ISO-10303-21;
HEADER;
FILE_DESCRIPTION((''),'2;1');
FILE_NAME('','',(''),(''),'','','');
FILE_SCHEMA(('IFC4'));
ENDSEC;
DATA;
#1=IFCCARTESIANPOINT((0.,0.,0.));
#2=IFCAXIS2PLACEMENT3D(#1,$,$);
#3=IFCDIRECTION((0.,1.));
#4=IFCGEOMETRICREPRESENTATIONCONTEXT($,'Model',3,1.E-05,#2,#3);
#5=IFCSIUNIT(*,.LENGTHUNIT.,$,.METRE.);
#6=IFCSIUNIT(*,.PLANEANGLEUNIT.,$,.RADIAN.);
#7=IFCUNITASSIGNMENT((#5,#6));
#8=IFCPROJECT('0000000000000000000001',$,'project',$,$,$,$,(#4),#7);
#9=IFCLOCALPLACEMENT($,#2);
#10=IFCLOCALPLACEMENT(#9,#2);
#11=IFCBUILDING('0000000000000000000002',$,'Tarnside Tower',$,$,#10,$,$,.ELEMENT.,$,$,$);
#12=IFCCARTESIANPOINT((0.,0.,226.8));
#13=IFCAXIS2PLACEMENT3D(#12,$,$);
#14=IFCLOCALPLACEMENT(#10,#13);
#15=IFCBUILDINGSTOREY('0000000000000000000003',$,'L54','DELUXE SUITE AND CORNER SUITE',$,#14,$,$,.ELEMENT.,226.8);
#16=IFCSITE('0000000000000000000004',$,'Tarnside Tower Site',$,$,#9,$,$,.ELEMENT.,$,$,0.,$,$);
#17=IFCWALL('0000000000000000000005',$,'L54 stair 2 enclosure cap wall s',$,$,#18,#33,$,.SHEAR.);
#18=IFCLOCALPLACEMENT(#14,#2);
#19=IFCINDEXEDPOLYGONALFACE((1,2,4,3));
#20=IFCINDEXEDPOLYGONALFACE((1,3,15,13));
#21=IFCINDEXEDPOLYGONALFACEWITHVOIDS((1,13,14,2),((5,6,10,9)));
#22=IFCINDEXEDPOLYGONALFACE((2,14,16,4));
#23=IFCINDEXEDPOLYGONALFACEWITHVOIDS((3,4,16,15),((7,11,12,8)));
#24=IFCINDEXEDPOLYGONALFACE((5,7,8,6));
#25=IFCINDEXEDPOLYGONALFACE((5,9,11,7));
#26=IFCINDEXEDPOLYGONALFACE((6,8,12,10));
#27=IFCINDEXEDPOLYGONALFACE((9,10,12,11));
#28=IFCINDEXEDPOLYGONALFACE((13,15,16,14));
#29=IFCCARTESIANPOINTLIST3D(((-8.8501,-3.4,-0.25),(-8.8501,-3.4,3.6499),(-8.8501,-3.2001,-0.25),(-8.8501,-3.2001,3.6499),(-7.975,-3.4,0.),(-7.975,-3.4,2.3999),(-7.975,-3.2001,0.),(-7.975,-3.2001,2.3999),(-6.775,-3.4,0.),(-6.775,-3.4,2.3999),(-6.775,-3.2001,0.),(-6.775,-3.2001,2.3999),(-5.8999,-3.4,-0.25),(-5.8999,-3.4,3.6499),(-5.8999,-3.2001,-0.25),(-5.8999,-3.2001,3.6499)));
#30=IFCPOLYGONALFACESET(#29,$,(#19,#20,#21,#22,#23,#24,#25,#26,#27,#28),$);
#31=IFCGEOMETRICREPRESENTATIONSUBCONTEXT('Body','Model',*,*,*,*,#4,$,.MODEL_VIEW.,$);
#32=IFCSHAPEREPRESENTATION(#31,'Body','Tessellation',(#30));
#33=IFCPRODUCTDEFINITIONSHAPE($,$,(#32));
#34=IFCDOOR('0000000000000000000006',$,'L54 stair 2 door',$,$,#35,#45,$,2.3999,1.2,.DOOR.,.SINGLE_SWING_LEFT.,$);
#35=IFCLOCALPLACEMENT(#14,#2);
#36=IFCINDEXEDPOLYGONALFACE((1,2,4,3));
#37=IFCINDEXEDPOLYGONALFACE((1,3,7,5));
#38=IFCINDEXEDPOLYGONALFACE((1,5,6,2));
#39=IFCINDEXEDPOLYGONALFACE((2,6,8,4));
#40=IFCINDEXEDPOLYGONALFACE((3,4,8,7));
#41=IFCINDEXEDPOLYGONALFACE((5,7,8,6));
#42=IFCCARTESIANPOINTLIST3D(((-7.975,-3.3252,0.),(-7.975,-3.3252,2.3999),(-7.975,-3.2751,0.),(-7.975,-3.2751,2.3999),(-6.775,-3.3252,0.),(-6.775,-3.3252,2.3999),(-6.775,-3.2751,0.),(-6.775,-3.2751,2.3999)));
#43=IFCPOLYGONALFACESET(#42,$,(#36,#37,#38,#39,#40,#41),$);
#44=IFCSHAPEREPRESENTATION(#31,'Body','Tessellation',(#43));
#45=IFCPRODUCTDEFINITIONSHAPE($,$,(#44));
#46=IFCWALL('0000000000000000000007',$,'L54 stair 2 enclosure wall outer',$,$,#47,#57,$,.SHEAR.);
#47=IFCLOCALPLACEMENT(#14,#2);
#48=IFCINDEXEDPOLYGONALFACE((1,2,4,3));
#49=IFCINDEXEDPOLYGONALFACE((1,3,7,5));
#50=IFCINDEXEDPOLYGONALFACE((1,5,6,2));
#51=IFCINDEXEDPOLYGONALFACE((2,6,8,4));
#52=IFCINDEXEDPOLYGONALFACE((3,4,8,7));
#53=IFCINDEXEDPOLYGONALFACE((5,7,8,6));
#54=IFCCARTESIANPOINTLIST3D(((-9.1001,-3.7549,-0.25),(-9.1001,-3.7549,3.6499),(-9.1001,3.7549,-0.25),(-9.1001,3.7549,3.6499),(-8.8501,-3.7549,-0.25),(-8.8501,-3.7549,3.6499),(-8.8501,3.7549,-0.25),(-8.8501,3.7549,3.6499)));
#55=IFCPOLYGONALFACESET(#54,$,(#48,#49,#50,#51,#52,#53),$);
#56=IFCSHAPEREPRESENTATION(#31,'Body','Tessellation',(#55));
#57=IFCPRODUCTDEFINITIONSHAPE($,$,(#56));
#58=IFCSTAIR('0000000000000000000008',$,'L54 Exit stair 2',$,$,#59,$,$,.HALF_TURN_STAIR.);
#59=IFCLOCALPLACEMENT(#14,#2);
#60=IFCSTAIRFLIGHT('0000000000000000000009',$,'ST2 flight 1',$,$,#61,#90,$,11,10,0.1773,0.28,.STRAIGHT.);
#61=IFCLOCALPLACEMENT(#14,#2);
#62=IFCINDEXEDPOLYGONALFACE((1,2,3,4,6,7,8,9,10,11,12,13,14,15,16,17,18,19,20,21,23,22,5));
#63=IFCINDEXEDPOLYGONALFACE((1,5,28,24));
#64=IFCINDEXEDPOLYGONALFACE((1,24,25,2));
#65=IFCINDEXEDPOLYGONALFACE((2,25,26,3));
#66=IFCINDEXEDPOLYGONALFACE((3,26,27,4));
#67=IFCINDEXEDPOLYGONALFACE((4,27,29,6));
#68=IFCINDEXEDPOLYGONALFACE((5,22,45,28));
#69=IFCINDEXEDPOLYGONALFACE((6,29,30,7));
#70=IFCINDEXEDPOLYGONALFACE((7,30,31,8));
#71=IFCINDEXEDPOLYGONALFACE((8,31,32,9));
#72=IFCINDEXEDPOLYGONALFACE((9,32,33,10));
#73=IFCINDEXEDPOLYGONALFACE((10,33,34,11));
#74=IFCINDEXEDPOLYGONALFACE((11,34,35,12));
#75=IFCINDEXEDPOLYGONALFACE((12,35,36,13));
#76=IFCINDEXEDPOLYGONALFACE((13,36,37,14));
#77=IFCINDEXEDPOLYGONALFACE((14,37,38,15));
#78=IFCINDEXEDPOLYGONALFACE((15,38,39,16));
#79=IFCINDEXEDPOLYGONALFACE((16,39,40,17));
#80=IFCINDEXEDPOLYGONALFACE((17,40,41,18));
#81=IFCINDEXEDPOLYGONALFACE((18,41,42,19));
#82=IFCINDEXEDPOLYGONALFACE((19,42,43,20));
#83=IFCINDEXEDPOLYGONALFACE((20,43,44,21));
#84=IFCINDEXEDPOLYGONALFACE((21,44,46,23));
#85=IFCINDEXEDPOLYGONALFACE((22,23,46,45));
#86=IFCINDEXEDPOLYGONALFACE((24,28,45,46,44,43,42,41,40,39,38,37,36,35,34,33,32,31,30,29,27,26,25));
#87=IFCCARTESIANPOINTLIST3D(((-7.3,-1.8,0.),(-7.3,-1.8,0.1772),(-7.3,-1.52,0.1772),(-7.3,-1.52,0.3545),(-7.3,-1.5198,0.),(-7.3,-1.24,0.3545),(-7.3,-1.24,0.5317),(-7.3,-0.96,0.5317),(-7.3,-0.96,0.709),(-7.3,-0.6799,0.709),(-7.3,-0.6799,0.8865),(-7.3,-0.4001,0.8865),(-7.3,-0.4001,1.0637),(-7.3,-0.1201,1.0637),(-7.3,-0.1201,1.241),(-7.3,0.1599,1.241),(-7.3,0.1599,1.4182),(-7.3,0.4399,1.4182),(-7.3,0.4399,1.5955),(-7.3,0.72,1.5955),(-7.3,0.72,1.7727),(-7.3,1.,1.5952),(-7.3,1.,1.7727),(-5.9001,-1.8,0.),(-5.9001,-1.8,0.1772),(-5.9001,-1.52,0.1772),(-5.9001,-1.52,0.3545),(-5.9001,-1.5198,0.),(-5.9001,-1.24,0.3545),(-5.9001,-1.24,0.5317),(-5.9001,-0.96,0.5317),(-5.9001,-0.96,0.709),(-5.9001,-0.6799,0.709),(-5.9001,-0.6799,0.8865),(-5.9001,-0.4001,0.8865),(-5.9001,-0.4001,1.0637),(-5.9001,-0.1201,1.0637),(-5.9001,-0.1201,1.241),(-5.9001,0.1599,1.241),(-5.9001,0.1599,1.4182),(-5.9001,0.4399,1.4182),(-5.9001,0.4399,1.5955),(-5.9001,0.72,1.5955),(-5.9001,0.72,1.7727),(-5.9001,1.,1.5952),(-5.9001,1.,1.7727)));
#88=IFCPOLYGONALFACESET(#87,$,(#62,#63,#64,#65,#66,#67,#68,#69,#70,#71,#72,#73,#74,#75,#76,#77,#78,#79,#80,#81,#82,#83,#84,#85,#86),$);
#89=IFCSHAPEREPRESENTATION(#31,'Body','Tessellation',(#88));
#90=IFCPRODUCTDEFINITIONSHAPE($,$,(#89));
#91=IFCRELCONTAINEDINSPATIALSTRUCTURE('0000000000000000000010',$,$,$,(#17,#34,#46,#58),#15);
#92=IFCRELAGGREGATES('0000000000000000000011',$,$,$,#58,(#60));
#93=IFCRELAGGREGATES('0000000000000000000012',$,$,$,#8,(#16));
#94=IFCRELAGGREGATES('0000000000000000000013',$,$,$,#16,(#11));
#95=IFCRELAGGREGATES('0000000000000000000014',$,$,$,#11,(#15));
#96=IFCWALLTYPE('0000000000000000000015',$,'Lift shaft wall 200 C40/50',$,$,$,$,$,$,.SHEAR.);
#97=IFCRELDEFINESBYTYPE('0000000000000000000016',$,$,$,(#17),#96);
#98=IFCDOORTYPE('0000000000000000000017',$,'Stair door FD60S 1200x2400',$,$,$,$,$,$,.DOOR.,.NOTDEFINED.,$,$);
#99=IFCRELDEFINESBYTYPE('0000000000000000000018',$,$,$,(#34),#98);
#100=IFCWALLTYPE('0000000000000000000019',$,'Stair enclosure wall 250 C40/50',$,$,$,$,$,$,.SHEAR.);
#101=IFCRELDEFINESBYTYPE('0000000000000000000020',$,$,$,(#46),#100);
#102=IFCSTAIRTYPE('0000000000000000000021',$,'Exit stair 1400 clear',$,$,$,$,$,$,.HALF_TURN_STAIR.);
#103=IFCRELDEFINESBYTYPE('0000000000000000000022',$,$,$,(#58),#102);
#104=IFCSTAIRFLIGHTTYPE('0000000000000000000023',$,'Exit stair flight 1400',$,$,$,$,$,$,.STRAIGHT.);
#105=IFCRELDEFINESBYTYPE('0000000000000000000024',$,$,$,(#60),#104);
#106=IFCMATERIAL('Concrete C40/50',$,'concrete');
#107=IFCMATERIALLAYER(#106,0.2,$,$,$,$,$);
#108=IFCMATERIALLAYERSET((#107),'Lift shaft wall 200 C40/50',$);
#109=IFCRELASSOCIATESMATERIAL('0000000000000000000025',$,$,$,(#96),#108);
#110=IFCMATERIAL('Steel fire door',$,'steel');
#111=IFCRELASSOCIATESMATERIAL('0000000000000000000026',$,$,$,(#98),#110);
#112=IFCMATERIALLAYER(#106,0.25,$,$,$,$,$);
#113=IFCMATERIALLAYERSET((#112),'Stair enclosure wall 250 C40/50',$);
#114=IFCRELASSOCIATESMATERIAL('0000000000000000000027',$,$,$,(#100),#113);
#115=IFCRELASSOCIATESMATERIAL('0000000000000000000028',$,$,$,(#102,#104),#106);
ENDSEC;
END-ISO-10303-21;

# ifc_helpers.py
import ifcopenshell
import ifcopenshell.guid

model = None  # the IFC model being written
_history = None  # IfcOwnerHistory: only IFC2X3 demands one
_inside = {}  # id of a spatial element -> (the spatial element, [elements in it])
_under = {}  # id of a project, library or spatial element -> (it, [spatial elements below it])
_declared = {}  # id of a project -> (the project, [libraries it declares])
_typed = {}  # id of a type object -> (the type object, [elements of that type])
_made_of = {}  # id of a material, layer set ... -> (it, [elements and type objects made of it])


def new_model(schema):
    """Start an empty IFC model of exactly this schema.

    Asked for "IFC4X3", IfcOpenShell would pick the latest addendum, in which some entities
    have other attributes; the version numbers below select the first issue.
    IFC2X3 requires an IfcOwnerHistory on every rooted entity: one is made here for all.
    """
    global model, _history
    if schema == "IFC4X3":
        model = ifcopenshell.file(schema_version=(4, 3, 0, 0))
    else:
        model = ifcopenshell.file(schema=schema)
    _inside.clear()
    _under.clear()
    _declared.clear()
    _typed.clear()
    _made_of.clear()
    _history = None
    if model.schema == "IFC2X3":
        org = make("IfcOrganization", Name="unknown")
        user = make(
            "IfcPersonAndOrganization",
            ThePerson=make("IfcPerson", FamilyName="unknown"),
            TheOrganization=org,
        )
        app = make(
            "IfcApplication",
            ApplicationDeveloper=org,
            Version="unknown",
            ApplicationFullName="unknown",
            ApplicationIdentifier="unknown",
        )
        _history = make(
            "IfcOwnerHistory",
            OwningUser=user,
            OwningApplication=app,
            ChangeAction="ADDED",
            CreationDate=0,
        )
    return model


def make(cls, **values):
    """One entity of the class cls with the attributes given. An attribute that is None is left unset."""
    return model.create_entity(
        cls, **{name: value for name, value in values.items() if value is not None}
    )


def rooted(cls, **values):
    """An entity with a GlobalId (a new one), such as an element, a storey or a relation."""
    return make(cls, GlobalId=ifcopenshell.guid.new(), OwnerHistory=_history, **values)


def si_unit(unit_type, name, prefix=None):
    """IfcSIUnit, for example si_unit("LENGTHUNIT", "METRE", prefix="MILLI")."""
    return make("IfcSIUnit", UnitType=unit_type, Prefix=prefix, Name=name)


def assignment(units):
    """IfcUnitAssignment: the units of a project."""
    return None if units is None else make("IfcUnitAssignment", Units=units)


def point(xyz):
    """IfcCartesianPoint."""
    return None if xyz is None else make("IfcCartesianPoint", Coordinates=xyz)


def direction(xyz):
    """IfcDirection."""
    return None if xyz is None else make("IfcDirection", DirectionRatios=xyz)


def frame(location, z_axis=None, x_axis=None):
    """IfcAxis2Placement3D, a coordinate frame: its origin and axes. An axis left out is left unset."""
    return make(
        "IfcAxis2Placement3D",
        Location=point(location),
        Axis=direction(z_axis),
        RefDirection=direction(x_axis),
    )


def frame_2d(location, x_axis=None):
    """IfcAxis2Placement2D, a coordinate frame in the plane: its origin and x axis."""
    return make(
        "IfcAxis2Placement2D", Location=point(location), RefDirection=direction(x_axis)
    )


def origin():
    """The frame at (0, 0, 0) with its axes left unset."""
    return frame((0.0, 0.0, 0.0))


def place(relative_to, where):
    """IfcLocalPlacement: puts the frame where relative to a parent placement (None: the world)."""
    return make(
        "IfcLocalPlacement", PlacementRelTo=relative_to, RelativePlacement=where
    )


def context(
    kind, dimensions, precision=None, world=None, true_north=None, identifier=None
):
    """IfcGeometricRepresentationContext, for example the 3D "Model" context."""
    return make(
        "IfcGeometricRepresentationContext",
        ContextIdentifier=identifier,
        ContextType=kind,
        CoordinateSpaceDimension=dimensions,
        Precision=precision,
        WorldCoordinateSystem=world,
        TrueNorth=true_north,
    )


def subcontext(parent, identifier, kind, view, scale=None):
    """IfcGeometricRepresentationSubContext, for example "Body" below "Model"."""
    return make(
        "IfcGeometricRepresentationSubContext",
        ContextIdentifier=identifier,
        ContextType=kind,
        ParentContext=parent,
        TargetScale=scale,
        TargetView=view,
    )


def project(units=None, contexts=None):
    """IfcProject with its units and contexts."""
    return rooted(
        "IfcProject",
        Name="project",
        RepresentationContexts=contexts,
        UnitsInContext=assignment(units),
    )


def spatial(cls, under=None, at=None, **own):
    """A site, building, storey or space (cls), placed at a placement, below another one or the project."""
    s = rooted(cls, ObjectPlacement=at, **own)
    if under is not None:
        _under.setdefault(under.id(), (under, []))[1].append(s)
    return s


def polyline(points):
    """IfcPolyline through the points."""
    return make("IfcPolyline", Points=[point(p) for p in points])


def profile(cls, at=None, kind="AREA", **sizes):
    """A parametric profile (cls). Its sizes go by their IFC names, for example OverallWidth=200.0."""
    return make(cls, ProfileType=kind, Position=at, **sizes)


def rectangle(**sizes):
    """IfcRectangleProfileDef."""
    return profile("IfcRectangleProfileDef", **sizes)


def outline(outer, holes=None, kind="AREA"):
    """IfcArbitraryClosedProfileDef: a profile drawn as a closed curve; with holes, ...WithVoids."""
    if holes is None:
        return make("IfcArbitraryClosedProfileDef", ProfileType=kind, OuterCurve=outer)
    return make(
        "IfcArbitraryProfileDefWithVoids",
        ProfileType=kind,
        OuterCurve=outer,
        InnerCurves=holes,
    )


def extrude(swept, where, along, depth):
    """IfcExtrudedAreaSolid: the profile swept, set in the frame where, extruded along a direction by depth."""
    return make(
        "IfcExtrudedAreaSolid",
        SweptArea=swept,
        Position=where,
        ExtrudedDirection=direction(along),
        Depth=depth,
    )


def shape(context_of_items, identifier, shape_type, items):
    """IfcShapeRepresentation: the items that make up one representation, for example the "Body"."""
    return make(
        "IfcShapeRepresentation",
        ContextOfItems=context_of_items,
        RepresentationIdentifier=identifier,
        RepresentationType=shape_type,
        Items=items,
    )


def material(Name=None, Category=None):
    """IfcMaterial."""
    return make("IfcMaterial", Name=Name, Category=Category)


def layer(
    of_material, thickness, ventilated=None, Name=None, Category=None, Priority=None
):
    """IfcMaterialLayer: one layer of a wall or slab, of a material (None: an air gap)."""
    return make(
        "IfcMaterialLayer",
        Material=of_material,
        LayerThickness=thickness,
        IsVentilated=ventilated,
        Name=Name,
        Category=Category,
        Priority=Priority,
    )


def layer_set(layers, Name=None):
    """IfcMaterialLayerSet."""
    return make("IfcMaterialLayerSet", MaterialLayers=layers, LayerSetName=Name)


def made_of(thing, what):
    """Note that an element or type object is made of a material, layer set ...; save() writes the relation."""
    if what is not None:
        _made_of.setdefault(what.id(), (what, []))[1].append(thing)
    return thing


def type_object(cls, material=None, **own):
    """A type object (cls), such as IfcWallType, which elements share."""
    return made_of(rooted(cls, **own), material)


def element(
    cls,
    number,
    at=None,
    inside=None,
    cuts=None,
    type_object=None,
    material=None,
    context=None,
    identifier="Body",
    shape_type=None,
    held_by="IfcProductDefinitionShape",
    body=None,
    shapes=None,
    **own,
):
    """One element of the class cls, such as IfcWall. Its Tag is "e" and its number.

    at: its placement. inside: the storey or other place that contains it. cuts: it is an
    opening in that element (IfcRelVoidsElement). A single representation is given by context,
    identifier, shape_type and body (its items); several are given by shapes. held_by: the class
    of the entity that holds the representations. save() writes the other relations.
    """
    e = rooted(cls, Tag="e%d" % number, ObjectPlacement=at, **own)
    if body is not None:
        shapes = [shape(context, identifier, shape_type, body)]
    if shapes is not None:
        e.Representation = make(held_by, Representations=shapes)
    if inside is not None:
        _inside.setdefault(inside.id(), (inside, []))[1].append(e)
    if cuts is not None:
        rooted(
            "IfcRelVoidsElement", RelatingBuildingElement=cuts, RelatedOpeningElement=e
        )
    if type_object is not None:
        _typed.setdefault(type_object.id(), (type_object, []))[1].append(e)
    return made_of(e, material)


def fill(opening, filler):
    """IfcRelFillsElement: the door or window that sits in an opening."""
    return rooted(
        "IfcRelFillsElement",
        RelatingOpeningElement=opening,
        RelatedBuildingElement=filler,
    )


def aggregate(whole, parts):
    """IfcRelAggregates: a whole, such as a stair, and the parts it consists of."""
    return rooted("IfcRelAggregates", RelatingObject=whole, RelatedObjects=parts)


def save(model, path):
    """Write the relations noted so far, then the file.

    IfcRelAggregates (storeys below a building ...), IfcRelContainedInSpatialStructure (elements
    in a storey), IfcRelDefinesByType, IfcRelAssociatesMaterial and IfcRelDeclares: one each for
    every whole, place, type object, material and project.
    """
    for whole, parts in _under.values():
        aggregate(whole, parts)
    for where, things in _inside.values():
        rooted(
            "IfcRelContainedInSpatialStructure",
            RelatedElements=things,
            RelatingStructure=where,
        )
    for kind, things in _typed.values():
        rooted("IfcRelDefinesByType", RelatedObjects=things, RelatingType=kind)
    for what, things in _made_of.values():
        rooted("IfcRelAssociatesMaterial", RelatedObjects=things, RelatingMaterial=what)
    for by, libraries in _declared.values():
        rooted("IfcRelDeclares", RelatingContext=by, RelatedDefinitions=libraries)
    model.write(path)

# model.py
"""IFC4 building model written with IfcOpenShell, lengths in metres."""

from ifc_helpers import new_model, si_unit, direction, frame, frame_2d, origin, place, context, subcontext, project, spatial, polyline, rectangle, outline, extrude, material, layer, layer_set, type_object, element, fill, aggregate, save


model = new_model("IFC4")

# Units and contexts
model_context = context("Model", 3, precision=1e-05, world=origin(), true_north=direction((0.0, 1.0)))
body_context = subcontext(model_context, "Body", "Model", "MODEL_VIEW")
ifc_project = project(units=[si_unit("LENGTHUNIT", "METRE"), si_unit("PLANEANGLEUNIT", "RADIAN")], contexts=[model_context])

# Site, building, storey
site_placement = place(None, origin())
site = spatial("IfcSite", under=ifc_project, at=site_placement, Name="Tarnside Tower Site", CompositionType="ELEMENT", RefElevation=0.0)
building_placement = place(site_placement, origin())
building = spatial("IfcBuilding", under=site, at=building_placement, Name="Tarnside Tower", CompositionType="ELEMENT")
storey_placement = place(building_placement, frame((0.0, 0.0, 226.8)))
storey = spatial("IfcBuildingStorey", under=building, at=storey_placement, Name="L54", Description="DELUXE SUITE AND CORNER SUITE", CompositionType="ELEMENT", Elevation=226.8)

# Shared definitions
ifc_material_1 = material(Name="Steel fire door", Category="steel")

# Wall, opening, door
ifc_material_2 = material(Name="Concrete C40/50", Category="concrete")
ifc_layer_1 = layer(ifc_material_2, 0.2)
ifc_layer_set_1 = layer_set([ifc_layer_1], Name="Lift shaft wall 200 C40/50")
wall_type_1 = type_object("IfcWallType", Name="Lift shaft wall 200 C40/50", PredefinedType="SHEAR", material=ifc_layer_set_1)
wall_1_placement = place(storey_placement, frame((-8.8501, -3.3, -0.25), z_axis=(0.0, 0.0, 1.0), x_axis=(1.0, 0.0, 0.0)))
wall_1 = element("IfcWall", 1, at=wall_1_placement, inside=storey, type_object=wall_type_1, Name="L54 stair 2 enclosure cap wall s", PredefinedType="SHEAR", context=body_context, shape_type="SweptSolid", body=[
    extrude(rectangle(XDim=2.9502, YDim=0.2, at=frame_2d((1.4751, 0.0))), origin(), (0.0, 0.0, 1.0), 3.8999),
])
opening_1_placement = place(wall_1_placement, frame((0.875, 0.0, 0.25)))
opening_1 = element("IfcOpeningElement", 2, at=opening_1_placement, cuts=wall_1, PredefinedType="OPENING", context=body_context, shape_type="SweptSolid", body=[
    extrude(rectangle(XDim=1.2, YDim=2.3999, at=frame_2d((0.6001, 1.2))), frame((0.0, 0.1099, 0.0), z_axis=(0.0, -1.0, 0.0), x_axis=(1.0, 0.0, 0.0)), (0.0, 0.0, 1.0), 0.22),
])
door_type_1 = type_object("IfcDoorType", Name="Stair door FD60S 1200x2400", OperationType="NOTDEFINED", PredefinedType="DOOR", material=ifc_material_1)
door_1_placement = place(opening_1_placement, origin())
door_1 = element("IfcDoor", 3, at=door_1_placement, inside=storey, type_object=door_type_1, Name="L54 stair 2 door", OperationType="SINGLE_SWING_LEFT", OverallHeight=2.3999, OverallWidth=1.2, PredefinedType="DOOR", context=body_context, shape_type="SweptSolid", body=[
    extrude(rectangle(XDim=1.2, YDim=2.3999, at=frame_2d((0.6001, 1.2))), frame((0.0, 0.0249, 0.0), z_axis=(0.0, -1.0, 0.0), x_axis=(1.0, 0.0, 0.0)), (0.0, 0.0, 1.0), 0.05),
])
fill(opening_1, door_1)

# Wall
ifc_layer_2 = layer(ifc_material_2, 0.25)
ifc_layer_set_2 = layer_set([ifc_layer_2], Name="Stair enclosure wall 250 C40/50")
wall_type_2 = type_object("IfcWallType", Name="Stair enclosure wall 250 C40/50", PredefinedType="SHEAR", material=ifc_layer_set_2)
wall_2_placement = place(storey_placement, frame((-8.9751, -3.7549, -0.25), z_axis=(0.0, 0.0, 1.0), x_axis=(0.0, 1.0, 0.0)))
element("IfcWall", 4, at=wall_2_placement, inside=storey, type_object=wall_type_2, Name="L54 stair 2 enclosure wall outer", PredefinedType="SHEAR", context=body_context, shape_type="SweptSolid", body=[
    extrude(rectangle(XDim=7.5098, YDim=0.25, at=frame_2d((3.7549, 0.0))), origin(), (0.0, 0.0, 1.0), 3.8999),
])

# Stair, stair flight
stair_type = type_object("IfcStairType", Name="Exit stair 1400 clear", PredefinedType="HALF_TURN_STAIR", material=ifc_material_2)
stair_placement = place(storey_placement, origin())
stair = element("IfcStair", 5, at=stair_placement, inside=storey, type_object=stair_type, Name="L54 Exit stair 2", PredefinedType="HALF_TURN_STAIR")
stair_flight_type = type_object("IfcStairFlightType", Name="Exit stair flight 1400", PredefinedType="STRAIGHT", material=ifc_material_2)
stair_flight_placement = place(storey_placement, frame((-6.6001, -1.8, 0.0), z_axis=(0.0, 0.0, 1.0), x_axis=(0.0, 1.0, 0.0)))
stair_flight = element("IfcStairFlight", 6, at=stair_flight_placement, type_object=stair_flight_type, Name="ST2 flight 1", NumberOfRisers=11, NumberOfTreads=10, PredefinedType="STRAIGHT", RiserHeight=0.1773, TreadLength=0.28, context=body_context, shape_type="SweptSolid", body=[
    extrude(outline(polyline([(0.0, 0.0), (0.0, 0.1772), (0.28, 0.1772), (0.28, 0.3545), (0.5601, 0.3545), (0.5601, 0.5317), (0.8401, 0.5317), (0.8401, 0.709), (1.1201, 0.709), (1.1201, 0.8865), (1.3999, 0.8865), (1.3999, 1.0637), (1.6799, 1.0637), (1.6799, 1.241), (1.96, 1.241), (1.96, 1.4182), (2.24, 1.4182), (2.24, 1.5955), (2.52, 1.5955), (2.52, 1.7727), (2.8, 1.7727), (2.8, 1.95), (2.8, 1.5952), (0.2803, 0.0), (0.0, 0.0)])), frame((0.0, 0.7, 0.0), z_axis=(0.0, -1.0, 0.0), x_axis=(1.0, 0.0, 0.0)), (0.0, 0.0, 1.0), 1.3999),
])
aggregate(stair, [stair_flight])

save(model, "model.ifc")
